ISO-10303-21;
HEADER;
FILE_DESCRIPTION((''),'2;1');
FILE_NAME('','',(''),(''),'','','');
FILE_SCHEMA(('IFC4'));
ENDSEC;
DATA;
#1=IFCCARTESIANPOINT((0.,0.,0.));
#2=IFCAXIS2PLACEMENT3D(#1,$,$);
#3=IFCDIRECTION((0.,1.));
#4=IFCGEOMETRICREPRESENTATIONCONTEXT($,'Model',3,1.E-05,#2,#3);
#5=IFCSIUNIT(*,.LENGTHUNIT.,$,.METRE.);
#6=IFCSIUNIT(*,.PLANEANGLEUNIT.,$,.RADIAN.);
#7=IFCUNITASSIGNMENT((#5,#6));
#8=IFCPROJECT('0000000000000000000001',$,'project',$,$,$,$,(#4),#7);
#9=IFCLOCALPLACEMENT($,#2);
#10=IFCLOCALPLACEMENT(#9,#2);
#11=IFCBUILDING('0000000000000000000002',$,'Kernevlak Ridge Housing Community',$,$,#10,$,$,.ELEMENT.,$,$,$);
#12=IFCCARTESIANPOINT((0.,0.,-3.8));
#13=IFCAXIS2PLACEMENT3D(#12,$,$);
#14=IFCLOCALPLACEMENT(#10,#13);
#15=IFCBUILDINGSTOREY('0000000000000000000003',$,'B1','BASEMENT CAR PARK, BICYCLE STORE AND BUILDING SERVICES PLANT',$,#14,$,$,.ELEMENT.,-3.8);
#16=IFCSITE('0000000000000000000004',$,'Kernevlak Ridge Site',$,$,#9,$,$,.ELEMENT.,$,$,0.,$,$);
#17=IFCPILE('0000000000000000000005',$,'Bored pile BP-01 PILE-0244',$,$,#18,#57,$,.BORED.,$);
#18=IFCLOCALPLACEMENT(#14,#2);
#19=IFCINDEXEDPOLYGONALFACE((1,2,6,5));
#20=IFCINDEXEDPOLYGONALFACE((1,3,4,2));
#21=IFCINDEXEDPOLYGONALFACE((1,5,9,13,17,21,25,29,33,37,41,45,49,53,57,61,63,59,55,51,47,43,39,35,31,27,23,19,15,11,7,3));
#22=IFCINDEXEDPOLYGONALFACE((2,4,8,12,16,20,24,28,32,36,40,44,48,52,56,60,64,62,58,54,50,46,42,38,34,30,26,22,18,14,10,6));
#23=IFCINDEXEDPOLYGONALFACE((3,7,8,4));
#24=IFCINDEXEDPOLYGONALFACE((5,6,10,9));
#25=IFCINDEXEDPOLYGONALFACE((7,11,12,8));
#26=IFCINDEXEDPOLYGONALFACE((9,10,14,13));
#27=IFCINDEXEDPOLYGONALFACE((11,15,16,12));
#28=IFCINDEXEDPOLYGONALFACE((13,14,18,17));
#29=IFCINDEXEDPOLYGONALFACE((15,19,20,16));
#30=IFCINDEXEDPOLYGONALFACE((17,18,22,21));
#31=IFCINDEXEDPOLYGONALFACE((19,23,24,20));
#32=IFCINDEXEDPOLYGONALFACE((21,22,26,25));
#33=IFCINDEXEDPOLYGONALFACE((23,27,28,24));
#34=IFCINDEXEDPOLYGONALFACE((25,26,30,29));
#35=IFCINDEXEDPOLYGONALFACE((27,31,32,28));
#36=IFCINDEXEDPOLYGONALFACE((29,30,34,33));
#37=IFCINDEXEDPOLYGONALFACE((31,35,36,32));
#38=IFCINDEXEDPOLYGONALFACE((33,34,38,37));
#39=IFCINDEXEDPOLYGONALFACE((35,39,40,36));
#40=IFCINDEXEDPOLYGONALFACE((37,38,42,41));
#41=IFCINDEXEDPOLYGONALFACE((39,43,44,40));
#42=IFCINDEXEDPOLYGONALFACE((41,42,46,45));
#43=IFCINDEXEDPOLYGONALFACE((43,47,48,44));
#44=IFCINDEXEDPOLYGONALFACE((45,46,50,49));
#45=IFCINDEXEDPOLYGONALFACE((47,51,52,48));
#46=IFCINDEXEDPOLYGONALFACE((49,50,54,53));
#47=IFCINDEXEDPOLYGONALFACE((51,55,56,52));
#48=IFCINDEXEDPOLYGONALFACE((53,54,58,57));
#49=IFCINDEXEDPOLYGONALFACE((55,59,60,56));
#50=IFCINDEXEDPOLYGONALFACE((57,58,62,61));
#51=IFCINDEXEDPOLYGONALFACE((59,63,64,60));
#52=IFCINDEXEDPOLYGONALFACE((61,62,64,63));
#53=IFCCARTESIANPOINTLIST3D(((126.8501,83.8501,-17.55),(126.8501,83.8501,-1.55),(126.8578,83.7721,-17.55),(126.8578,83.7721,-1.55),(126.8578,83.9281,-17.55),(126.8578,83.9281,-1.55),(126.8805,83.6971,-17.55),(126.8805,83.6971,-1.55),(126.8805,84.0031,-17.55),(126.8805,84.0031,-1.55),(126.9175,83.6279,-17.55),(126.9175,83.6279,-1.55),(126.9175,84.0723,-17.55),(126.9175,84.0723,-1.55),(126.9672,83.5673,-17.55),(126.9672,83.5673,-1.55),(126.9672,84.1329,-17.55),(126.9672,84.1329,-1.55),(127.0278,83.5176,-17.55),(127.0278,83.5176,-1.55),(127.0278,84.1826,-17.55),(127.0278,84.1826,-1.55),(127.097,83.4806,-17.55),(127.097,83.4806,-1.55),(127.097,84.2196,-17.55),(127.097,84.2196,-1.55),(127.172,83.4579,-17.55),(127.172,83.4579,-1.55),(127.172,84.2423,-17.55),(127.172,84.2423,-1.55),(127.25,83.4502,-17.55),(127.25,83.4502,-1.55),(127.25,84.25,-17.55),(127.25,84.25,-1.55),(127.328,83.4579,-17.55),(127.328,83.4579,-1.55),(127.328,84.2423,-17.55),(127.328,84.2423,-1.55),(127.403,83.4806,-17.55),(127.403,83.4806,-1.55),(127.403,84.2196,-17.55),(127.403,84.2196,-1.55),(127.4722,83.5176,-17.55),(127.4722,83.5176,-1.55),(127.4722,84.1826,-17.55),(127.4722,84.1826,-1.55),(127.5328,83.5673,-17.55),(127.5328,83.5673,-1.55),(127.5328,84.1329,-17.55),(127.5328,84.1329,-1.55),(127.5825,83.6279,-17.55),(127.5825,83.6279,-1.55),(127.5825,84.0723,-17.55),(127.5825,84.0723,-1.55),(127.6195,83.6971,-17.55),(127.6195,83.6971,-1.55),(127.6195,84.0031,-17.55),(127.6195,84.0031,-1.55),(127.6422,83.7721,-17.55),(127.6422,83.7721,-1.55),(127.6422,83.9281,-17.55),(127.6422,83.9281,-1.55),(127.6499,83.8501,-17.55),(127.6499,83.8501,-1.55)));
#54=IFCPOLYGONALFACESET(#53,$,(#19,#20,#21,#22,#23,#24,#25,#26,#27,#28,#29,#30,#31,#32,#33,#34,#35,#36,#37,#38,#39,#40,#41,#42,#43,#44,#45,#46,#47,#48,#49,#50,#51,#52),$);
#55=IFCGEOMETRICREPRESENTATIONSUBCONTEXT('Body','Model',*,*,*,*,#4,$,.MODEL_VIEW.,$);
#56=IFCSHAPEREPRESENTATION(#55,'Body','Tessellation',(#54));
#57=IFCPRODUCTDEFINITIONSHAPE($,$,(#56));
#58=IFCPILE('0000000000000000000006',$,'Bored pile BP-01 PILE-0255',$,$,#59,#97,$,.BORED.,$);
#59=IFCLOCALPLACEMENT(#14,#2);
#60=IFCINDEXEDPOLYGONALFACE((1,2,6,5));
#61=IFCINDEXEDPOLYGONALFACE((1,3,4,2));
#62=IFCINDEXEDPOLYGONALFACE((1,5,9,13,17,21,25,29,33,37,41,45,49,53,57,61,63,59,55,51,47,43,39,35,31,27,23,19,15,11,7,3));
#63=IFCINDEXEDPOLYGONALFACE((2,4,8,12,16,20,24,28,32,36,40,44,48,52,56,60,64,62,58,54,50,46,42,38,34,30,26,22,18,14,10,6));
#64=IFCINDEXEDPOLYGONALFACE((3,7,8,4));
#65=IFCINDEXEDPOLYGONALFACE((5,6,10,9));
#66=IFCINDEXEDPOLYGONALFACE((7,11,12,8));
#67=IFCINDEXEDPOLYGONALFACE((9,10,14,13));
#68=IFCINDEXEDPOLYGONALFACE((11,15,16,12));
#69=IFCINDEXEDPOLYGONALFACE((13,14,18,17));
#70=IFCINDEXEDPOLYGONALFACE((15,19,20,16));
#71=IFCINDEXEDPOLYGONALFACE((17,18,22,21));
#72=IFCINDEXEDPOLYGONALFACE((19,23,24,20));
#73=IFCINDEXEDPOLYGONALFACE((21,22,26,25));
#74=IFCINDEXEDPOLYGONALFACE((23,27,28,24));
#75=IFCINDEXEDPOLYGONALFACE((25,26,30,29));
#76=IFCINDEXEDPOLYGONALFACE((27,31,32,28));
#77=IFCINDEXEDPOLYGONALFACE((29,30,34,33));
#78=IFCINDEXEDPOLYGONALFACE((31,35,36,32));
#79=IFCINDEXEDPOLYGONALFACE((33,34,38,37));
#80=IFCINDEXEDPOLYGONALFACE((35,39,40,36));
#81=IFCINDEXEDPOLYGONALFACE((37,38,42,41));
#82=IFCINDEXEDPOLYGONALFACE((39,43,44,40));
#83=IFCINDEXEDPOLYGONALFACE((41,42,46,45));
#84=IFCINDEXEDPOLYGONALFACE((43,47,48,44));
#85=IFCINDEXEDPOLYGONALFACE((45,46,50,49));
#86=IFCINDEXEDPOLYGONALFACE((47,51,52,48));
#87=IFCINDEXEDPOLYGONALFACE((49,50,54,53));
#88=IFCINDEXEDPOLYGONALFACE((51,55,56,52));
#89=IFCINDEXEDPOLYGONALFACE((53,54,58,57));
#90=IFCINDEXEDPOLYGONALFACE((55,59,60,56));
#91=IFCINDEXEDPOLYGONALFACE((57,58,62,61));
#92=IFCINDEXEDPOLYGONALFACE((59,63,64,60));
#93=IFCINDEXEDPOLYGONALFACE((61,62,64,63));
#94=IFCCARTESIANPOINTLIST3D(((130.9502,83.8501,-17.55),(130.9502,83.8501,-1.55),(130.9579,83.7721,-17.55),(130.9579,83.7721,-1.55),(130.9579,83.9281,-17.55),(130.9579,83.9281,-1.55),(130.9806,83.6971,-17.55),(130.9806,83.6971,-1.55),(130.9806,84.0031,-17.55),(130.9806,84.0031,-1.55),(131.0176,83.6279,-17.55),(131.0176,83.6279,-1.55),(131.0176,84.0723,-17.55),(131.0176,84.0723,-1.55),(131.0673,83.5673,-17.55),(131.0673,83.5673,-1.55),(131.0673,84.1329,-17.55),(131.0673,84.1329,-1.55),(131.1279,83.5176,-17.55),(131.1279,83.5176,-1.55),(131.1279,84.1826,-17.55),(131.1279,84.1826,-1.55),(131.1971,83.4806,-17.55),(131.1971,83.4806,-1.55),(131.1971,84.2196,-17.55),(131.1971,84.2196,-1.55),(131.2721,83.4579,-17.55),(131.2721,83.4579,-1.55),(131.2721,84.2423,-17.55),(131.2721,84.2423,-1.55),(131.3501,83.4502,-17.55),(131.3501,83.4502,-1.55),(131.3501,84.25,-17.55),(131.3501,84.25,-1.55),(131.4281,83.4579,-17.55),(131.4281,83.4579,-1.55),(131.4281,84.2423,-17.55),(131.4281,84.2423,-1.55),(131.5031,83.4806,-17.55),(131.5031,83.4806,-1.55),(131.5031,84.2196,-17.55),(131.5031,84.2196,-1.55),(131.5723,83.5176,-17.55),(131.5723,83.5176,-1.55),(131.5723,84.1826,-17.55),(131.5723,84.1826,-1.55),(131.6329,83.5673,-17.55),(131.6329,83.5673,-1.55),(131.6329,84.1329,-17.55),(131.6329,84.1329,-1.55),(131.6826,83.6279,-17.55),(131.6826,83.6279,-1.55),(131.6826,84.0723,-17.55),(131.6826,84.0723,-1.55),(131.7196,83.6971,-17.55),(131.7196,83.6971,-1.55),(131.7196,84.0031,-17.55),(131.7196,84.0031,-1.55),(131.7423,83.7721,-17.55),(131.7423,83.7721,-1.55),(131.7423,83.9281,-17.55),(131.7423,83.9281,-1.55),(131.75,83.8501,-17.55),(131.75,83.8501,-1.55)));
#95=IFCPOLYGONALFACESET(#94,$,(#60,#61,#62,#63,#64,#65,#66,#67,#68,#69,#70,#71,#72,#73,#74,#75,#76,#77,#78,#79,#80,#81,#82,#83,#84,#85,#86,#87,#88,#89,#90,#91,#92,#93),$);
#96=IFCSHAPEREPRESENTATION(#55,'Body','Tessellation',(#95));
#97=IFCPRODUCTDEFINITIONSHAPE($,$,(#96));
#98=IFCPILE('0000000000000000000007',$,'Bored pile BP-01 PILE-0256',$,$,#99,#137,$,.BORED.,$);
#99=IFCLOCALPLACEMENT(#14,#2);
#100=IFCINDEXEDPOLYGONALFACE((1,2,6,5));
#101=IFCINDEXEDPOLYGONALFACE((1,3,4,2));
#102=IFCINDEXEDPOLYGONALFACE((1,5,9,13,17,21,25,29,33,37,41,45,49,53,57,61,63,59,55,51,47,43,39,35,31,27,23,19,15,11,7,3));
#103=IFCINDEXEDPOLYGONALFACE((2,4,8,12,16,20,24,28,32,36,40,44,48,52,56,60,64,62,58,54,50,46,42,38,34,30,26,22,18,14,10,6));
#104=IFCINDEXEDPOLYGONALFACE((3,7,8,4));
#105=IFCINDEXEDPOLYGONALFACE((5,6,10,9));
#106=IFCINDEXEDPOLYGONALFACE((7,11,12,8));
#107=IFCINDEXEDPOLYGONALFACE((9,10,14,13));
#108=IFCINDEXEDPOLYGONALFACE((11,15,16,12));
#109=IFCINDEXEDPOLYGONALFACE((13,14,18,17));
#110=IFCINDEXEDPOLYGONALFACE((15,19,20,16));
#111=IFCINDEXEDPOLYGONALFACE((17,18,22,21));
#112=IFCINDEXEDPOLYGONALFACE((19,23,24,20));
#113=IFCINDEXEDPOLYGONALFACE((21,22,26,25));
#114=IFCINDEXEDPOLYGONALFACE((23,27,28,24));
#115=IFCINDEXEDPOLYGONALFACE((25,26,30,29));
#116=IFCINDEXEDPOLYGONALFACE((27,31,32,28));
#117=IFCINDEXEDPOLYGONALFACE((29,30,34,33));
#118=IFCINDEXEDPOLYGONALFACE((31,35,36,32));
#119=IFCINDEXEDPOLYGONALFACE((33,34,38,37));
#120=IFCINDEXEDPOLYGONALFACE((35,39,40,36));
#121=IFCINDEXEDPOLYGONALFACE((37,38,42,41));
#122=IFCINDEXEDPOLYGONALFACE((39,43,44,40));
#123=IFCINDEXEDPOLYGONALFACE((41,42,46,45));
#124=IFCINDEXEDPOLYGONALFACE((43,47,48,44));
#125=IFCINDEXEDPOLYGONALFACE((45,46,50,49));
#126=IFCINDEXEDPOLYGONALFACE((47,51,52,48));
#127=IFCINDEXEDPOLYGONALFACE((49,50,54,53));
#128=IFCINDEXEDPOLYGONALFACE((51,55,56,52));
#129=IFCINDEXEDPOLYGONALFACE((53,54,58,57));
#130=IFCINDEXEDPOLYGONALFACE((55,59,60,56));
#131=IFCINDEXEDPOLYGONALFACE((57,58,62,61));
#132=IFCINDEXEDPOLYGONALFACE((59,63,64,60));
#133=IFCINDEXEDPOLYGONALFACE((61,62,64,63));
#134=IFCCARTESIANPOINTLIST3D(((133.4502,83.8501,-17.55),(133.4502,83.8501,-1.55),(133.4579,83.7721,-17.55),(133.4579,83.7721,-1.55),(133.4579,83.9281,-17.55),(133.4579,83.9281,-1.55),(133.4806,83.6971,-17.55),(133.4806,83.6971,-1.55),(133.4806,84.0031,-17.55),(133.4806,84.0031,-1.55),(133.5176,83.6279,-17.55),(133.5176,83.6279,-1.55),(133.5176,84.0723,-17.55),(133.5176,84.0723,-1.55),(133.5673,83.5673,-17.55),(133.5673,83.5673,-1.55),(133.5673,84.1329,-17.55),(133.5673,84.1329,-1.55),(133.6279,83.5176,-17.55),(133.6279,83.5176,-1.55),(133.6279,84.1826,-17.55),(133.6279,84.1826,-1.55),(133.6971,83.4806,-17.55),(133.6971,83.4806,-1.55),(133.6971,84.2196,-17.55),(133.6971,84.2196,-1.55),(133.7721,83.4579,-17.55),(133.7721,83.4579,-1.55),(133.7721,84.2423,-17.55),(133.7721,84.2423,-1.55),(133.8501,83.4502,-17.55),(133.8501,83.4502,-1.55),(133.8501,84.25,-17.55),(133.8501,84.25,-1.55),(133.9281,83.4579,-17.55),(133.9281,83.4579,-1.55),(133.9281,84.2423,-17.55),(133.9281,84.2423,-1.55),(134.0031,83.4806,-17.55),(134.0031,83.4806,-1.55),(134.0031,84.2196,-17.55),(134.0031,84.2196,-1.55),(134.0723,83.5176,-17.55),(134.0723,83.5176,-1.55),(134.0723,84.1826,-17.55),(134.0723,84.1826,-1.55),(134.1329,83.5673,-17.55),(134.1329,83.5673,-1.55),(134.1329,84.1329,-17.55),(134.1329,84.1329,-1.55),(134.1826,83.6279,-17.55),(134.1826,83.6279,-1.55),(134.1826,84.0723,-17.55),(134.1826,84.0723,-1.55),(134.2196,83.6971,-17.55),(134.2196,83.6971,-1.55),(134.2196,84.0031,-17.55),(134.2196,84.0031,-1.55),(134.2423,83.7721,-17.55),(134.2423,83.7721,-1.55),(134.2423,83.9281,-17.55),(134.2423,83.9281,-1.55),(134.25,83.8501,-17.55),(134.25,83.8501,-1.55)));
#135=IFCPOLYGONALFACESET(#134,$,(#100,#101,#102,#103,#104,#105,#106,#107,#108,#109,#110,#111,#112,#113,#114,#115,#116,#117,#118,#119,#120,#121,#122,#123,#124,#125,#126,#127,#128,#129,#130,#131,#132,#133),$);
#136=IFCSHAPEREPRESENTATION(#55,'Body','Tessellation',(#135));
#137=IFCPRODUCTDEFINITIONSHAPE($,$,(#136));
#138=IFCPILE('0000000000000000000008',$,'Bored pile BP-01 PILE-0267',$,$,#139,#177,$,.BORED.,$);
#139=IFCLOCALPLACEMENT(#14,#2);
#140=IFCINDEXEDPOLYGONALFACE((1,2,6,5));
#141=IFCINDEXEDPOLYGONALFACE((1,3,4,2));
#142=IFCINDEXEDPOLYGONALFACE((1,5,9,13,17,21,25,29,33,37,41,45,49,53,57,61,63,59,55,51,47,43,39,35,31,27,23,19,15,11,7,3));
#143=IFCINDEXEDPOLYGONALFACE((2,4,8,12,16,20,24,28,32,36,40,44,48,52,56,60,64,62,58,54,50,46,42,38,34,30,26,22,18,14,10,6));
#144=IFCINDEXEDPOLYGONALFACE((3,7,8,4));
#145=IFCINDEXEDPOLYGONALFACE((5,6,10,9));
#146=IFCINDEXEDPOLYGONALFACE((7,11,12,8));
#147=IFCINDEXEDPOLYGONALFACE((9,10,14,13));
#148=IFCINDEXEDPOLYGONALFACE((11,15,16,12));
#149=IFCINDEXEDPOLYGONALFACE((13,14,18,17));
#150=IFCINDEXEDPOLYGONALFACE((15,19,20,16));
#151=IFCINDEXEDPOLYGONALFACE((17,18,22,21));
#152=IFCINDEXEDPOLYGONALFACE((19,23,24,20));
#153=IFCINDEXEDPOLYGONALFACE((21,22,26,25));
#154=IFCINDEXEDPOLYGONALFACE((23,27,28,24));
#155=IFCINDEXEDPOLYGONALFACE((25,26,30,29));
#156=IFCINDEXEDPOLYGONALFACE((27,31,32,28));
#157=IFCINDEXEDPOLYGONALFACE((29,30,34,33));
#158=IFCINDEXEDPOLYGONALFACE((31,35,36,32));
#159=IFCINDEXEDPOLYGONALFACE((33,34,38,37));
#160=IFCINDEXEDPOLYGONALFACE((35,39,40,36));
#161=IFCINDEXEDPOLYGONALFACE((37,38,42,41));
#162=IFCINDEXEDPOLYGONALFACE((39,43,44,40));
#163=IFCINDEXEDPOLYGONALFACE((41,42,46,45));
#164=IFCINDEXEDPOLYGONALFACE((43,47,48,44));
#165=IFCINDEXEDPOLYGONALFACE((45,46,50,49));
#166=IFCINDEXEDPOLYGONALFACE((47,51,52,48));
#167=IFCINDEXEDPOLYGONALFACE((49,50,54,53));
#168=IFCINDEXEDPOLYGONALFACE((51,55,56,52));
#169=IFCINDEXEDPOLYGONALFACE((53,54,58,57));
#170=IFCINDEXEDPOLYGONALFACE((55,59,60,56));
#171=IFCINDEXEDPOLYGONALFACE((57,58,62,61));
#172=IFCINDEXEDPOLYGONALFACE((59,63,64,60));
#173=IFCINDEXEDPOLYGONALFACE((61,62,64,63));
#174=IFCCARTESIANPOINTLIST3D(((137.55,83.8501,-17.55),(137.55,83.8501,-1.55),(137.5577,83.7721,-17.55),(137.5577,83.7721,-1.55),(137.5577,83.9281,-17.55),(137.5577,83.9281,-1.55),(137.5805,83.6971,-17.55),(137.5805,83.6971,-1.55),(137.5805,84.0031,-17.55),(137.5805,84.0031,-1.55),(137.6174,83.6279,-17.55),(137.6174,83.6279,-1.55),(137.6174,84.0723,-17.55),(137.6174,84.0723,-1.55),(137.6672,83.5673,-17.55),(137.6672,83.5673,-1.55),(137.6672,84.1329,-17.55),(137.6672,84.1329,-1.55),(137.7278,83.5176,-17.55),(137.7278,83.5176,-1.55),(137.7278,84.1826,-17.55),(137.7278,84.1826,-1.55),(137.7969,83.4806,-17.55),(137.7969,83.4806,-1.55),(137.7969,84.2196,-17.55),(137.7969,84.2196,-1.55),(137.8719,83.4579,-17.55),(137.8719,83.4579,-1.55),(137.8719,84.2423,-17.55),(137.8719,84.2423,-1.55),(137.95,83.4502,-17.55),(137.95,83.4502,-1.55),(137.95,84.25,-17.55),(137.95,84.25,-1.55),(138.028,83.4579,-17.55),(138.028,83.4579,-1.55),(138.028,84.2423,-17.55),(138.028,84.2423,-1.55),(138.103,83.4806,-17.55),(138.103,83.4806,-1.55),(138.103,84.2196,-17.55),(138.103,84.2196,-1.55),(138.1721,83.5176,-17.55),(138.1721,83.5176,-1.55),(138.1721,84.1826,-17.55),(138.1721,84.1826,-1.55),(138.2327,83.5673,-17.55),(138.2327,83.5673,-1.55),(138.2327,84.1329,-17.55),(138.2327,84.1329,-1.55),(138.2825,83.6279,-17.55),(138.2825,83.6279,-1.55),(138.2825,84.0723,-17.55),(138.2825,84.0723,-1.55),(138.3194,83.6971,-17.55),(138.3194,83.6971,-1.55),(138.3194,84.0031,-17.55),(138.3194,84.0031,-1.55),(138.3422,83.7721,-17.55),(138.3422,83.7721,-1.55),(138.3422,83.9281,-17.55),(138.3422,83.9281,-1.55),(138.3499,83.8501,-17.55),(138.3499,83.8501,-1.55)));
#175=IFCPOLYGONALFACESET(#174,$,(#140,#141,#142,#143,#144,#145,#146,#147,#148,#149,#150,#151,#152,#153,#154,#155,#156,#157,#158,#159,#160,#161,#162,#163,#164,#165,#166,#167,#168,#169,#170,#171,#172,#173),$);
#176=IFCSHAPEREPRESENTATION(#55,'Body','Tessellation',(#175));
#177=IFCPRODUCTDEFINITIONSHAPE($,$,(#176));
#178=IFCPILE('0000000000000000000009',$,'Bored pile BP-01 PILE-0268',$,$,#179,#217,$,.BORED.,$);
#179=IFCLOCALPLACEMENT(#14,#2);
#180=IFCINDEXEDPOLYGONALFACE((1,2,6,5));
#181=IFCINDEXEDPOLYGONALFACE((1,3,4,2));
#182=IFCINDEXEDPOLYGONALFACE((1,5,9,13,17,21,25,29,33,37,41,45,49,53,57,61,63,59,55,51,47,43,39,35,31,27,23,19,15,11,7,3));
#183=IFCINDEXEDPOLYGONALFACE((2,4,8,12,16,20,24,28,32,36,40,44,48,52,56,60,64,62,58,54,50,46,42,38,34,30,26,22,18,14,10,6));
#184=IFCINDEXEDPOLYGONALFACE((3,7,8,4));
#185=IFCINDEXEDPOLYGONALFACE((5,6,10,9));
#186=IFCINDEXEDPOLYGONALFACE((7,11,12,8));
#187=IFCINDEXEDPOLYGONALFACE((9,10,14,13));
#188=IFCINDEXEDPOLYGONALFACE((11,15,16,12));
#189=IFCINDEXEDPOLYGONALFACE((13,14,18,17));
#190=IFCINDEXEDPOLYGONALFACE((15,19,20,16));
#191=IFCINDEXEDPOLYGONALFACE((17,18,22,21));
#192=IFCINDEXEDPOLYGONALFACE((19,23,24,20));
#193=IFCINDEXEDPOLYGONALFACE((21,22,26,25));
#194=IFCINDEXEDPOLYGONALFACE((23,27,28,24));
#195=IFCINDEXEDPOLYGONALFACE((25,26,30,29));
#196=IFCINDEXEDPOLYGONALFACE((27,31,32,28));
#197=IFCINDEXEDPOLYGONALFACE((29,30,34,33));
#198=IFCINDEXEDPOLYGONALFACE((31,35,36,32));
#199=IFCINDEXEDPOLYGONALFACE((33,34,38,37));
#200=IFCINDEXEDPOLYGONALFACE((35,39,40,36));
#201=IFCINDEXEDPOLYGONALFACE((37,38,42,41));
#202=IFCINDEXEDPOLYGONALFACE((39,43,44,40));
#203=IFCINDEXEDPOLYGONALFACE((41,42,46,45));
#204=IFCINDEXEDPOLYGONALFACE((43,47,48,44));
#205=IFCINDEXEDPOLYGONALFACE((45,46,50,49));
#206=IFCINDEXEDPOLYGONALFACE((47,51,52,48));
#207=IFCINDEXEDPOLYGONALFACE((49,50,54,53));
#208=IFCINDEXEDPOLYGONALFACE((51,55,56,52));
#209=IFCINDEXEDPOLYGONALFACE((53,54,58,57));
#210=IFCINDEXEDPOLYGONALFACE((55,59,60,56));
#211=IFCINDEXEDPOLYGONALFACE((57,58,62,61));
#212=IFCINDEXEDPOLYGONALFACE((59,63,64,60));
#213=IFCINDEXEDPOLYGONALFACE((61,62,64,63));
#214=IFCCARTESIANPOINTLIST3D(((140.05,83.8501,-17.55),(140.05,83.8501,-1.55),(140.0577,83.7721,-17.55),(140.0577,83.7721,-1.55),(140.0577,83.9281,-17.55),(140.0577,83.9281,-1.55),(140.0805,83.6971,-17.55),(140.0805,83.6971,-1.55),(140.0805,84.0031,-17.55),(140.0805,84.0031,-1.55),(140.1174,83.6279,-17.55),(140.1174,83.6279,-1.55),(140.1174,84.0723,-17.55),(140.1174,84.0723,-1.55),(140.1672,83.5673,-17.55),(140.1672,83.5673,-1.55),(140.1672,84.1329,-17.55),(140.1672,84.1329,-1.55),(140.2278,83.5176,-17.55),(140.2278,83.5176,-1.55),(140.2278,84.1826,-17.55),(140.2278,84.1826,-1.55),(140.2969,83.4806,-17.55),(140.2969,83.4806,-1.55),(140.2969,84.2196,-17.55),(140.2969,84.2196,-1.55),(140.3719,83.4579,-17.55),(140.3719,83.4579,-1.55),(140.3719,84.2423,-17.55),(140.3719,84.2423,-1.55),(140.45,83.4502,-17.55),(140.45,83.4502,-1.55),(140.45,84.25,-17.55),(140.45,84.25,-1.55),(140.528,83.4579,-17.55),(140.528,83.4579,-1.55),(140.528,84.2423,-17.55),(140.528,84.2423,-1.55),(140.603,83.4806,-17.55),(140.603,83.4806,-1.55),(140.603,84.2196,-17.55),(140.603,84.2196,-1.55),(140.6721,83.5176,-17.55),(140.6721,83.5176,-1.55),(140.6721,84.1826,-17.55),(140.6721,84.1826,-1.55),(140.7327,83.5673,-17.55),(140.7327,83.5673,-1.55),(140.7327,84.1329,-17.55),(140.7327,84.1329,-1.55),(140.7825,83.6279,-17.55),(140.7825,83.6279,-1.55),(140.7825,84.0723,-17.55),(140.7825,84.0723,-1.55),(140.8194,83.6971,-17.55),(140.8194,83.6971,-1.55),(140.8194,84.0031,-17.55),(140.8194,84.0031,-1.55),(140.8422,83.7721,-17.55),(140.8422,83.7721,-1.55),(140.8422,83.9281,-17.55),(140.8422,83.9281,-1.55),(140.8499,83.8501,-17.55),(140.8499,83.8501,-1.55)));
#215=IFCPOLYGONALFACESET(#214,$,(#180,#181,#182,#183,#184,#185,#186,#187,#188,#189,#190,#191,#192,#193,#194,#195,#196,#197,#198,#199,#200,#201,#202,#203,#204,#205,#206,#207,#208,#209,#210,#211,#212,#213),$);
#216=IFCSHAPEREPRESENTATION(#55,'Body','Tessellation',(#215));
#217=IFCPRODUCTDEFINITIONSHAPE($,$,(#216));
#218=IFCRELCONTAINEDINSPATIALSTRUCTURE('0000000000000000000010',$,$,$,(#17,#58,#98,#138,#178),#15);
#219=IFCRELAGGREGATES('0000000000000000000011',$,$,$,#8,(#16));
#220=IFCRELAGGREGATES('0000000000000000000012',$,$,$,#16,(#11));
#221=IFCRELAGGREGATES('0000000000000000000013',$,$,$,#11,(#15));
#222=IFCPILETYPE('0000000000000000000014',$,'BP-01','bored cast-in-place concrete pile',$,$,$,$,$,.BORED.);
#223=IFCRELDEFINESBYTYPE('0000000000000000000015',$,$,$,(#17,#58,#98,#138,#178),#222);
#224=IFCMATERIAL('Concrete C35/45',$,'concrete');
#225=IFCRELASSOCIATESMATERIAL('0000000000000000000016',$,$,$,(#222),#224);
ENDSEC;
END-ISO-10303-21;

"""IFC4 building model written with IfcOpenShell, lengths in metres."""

from ifc_helpers import new_model, si_unit, direction, frame, origin, origin_2d, place, context, subcontext, project, spatial, circle, extrude, material, material_profile, profile_set, type_object, element, save


model = new_model("IFC4")

# Units and contexts
model_context = context("Model", 3, precision=1e-05, world=origin(), true_north=direction((0.0, 1.0)))
body_context = subcontext(model_context, "Body", "Model", "MODEL_VIEW")
ifc_project = project(units=[si_unit("LENGTHUNIT", "METRE"), si_unit("PLANEANGLEUNIT", "RADIAN")], contexts=[model_context])

# Site, building, storey
site_placement = place(None, origin())
site = spatial("IfcSite", under=ifc_project, at=site_placement, Name="Kernevlak Ridge Site", CompositionType="ELEMENT", RefElevation=0.0)
building_placement = place(site_placement, origin())
building = spatial("IfcBuilding", under=site, at=building_placement, Name="Kernevlak Ridge Housing Community", CompositionType="ELEMENT")
storey_placement = place(building_placement, frame((0.0, 0.0, -3.8)))
storey = spatial("IfcBuildingStorey", under=building, at=storey_placement, Name="B1", Description="BASEMENT CAR PARK, BICYCLE STORE AND BUILDING SERVICES PLANT", CompositionType="ELEMENT", Elevation=-3.8)

# Piles
ifc_material_1 = material(Name="Concrete C35/45", Category="concrete")
ifc_material_profile_1 = material_profile(ifc_material_1, circle(Radius=0.3999, at=origin_2d()), Name="BORED PILE 800")
ifc_profile_set_1 = profile_set([ifc_material_profile_1], Name="Concrete C35/45")
pile_type_1 = type_object("IfcPileType", Name="BP-01", Description="bored cast-in-place concrete pile", PredefinedType="BORED", material=ifc_profile_set_1)
for number, where, z_axis, x_axis, name in (
    (1, (127.25, 83.8501, -1.55), (0.0, 0.0, -1.0), (1.0, 0.0, 0.0), "Bored pile BP-01 PILE-0244"),
    (2, (131.3501, 83.8501, -1.55), (0.0, 0.0, -1.0), (1.0, 0.0, 0.0), "Bored pile BP-01 PILE-0255"),
    (3, (133.8501, 83.8501, -1.55), (0.0, 0.0, -1.0), (1.0, 0.0, 0.0), "Bored pile BP-01 PILE-0256"),
    (4, (137.95, 83.8501, -1.55), (0.0, 0.0, -1.0), (1.0, 0.0, 0.0), "Bored pile BP-01 PILE-0267"),
    (5, (140.45, 83.8501, -1.55), (0.0, 0.0, -1.0), (1.0, 0.0, 0.0), "Bored pile BP-01 PILE-0268"),
):
    element("IfcPile", number, at=place(storey_placement, frame(where, z_axis=z_axis, x_axis=x_axis)), inside=storey, type_object=pile_type_1, Name=name, PredefinedType="BORED", context=body_context, shape_type="SweptSolid", body=[
        extrude(circle(Radius=0.3999, at=origin_2d()), origin(), (0.0, 0.0, 1.0), 16.0),
    ])

save(model, "model.ifc")
